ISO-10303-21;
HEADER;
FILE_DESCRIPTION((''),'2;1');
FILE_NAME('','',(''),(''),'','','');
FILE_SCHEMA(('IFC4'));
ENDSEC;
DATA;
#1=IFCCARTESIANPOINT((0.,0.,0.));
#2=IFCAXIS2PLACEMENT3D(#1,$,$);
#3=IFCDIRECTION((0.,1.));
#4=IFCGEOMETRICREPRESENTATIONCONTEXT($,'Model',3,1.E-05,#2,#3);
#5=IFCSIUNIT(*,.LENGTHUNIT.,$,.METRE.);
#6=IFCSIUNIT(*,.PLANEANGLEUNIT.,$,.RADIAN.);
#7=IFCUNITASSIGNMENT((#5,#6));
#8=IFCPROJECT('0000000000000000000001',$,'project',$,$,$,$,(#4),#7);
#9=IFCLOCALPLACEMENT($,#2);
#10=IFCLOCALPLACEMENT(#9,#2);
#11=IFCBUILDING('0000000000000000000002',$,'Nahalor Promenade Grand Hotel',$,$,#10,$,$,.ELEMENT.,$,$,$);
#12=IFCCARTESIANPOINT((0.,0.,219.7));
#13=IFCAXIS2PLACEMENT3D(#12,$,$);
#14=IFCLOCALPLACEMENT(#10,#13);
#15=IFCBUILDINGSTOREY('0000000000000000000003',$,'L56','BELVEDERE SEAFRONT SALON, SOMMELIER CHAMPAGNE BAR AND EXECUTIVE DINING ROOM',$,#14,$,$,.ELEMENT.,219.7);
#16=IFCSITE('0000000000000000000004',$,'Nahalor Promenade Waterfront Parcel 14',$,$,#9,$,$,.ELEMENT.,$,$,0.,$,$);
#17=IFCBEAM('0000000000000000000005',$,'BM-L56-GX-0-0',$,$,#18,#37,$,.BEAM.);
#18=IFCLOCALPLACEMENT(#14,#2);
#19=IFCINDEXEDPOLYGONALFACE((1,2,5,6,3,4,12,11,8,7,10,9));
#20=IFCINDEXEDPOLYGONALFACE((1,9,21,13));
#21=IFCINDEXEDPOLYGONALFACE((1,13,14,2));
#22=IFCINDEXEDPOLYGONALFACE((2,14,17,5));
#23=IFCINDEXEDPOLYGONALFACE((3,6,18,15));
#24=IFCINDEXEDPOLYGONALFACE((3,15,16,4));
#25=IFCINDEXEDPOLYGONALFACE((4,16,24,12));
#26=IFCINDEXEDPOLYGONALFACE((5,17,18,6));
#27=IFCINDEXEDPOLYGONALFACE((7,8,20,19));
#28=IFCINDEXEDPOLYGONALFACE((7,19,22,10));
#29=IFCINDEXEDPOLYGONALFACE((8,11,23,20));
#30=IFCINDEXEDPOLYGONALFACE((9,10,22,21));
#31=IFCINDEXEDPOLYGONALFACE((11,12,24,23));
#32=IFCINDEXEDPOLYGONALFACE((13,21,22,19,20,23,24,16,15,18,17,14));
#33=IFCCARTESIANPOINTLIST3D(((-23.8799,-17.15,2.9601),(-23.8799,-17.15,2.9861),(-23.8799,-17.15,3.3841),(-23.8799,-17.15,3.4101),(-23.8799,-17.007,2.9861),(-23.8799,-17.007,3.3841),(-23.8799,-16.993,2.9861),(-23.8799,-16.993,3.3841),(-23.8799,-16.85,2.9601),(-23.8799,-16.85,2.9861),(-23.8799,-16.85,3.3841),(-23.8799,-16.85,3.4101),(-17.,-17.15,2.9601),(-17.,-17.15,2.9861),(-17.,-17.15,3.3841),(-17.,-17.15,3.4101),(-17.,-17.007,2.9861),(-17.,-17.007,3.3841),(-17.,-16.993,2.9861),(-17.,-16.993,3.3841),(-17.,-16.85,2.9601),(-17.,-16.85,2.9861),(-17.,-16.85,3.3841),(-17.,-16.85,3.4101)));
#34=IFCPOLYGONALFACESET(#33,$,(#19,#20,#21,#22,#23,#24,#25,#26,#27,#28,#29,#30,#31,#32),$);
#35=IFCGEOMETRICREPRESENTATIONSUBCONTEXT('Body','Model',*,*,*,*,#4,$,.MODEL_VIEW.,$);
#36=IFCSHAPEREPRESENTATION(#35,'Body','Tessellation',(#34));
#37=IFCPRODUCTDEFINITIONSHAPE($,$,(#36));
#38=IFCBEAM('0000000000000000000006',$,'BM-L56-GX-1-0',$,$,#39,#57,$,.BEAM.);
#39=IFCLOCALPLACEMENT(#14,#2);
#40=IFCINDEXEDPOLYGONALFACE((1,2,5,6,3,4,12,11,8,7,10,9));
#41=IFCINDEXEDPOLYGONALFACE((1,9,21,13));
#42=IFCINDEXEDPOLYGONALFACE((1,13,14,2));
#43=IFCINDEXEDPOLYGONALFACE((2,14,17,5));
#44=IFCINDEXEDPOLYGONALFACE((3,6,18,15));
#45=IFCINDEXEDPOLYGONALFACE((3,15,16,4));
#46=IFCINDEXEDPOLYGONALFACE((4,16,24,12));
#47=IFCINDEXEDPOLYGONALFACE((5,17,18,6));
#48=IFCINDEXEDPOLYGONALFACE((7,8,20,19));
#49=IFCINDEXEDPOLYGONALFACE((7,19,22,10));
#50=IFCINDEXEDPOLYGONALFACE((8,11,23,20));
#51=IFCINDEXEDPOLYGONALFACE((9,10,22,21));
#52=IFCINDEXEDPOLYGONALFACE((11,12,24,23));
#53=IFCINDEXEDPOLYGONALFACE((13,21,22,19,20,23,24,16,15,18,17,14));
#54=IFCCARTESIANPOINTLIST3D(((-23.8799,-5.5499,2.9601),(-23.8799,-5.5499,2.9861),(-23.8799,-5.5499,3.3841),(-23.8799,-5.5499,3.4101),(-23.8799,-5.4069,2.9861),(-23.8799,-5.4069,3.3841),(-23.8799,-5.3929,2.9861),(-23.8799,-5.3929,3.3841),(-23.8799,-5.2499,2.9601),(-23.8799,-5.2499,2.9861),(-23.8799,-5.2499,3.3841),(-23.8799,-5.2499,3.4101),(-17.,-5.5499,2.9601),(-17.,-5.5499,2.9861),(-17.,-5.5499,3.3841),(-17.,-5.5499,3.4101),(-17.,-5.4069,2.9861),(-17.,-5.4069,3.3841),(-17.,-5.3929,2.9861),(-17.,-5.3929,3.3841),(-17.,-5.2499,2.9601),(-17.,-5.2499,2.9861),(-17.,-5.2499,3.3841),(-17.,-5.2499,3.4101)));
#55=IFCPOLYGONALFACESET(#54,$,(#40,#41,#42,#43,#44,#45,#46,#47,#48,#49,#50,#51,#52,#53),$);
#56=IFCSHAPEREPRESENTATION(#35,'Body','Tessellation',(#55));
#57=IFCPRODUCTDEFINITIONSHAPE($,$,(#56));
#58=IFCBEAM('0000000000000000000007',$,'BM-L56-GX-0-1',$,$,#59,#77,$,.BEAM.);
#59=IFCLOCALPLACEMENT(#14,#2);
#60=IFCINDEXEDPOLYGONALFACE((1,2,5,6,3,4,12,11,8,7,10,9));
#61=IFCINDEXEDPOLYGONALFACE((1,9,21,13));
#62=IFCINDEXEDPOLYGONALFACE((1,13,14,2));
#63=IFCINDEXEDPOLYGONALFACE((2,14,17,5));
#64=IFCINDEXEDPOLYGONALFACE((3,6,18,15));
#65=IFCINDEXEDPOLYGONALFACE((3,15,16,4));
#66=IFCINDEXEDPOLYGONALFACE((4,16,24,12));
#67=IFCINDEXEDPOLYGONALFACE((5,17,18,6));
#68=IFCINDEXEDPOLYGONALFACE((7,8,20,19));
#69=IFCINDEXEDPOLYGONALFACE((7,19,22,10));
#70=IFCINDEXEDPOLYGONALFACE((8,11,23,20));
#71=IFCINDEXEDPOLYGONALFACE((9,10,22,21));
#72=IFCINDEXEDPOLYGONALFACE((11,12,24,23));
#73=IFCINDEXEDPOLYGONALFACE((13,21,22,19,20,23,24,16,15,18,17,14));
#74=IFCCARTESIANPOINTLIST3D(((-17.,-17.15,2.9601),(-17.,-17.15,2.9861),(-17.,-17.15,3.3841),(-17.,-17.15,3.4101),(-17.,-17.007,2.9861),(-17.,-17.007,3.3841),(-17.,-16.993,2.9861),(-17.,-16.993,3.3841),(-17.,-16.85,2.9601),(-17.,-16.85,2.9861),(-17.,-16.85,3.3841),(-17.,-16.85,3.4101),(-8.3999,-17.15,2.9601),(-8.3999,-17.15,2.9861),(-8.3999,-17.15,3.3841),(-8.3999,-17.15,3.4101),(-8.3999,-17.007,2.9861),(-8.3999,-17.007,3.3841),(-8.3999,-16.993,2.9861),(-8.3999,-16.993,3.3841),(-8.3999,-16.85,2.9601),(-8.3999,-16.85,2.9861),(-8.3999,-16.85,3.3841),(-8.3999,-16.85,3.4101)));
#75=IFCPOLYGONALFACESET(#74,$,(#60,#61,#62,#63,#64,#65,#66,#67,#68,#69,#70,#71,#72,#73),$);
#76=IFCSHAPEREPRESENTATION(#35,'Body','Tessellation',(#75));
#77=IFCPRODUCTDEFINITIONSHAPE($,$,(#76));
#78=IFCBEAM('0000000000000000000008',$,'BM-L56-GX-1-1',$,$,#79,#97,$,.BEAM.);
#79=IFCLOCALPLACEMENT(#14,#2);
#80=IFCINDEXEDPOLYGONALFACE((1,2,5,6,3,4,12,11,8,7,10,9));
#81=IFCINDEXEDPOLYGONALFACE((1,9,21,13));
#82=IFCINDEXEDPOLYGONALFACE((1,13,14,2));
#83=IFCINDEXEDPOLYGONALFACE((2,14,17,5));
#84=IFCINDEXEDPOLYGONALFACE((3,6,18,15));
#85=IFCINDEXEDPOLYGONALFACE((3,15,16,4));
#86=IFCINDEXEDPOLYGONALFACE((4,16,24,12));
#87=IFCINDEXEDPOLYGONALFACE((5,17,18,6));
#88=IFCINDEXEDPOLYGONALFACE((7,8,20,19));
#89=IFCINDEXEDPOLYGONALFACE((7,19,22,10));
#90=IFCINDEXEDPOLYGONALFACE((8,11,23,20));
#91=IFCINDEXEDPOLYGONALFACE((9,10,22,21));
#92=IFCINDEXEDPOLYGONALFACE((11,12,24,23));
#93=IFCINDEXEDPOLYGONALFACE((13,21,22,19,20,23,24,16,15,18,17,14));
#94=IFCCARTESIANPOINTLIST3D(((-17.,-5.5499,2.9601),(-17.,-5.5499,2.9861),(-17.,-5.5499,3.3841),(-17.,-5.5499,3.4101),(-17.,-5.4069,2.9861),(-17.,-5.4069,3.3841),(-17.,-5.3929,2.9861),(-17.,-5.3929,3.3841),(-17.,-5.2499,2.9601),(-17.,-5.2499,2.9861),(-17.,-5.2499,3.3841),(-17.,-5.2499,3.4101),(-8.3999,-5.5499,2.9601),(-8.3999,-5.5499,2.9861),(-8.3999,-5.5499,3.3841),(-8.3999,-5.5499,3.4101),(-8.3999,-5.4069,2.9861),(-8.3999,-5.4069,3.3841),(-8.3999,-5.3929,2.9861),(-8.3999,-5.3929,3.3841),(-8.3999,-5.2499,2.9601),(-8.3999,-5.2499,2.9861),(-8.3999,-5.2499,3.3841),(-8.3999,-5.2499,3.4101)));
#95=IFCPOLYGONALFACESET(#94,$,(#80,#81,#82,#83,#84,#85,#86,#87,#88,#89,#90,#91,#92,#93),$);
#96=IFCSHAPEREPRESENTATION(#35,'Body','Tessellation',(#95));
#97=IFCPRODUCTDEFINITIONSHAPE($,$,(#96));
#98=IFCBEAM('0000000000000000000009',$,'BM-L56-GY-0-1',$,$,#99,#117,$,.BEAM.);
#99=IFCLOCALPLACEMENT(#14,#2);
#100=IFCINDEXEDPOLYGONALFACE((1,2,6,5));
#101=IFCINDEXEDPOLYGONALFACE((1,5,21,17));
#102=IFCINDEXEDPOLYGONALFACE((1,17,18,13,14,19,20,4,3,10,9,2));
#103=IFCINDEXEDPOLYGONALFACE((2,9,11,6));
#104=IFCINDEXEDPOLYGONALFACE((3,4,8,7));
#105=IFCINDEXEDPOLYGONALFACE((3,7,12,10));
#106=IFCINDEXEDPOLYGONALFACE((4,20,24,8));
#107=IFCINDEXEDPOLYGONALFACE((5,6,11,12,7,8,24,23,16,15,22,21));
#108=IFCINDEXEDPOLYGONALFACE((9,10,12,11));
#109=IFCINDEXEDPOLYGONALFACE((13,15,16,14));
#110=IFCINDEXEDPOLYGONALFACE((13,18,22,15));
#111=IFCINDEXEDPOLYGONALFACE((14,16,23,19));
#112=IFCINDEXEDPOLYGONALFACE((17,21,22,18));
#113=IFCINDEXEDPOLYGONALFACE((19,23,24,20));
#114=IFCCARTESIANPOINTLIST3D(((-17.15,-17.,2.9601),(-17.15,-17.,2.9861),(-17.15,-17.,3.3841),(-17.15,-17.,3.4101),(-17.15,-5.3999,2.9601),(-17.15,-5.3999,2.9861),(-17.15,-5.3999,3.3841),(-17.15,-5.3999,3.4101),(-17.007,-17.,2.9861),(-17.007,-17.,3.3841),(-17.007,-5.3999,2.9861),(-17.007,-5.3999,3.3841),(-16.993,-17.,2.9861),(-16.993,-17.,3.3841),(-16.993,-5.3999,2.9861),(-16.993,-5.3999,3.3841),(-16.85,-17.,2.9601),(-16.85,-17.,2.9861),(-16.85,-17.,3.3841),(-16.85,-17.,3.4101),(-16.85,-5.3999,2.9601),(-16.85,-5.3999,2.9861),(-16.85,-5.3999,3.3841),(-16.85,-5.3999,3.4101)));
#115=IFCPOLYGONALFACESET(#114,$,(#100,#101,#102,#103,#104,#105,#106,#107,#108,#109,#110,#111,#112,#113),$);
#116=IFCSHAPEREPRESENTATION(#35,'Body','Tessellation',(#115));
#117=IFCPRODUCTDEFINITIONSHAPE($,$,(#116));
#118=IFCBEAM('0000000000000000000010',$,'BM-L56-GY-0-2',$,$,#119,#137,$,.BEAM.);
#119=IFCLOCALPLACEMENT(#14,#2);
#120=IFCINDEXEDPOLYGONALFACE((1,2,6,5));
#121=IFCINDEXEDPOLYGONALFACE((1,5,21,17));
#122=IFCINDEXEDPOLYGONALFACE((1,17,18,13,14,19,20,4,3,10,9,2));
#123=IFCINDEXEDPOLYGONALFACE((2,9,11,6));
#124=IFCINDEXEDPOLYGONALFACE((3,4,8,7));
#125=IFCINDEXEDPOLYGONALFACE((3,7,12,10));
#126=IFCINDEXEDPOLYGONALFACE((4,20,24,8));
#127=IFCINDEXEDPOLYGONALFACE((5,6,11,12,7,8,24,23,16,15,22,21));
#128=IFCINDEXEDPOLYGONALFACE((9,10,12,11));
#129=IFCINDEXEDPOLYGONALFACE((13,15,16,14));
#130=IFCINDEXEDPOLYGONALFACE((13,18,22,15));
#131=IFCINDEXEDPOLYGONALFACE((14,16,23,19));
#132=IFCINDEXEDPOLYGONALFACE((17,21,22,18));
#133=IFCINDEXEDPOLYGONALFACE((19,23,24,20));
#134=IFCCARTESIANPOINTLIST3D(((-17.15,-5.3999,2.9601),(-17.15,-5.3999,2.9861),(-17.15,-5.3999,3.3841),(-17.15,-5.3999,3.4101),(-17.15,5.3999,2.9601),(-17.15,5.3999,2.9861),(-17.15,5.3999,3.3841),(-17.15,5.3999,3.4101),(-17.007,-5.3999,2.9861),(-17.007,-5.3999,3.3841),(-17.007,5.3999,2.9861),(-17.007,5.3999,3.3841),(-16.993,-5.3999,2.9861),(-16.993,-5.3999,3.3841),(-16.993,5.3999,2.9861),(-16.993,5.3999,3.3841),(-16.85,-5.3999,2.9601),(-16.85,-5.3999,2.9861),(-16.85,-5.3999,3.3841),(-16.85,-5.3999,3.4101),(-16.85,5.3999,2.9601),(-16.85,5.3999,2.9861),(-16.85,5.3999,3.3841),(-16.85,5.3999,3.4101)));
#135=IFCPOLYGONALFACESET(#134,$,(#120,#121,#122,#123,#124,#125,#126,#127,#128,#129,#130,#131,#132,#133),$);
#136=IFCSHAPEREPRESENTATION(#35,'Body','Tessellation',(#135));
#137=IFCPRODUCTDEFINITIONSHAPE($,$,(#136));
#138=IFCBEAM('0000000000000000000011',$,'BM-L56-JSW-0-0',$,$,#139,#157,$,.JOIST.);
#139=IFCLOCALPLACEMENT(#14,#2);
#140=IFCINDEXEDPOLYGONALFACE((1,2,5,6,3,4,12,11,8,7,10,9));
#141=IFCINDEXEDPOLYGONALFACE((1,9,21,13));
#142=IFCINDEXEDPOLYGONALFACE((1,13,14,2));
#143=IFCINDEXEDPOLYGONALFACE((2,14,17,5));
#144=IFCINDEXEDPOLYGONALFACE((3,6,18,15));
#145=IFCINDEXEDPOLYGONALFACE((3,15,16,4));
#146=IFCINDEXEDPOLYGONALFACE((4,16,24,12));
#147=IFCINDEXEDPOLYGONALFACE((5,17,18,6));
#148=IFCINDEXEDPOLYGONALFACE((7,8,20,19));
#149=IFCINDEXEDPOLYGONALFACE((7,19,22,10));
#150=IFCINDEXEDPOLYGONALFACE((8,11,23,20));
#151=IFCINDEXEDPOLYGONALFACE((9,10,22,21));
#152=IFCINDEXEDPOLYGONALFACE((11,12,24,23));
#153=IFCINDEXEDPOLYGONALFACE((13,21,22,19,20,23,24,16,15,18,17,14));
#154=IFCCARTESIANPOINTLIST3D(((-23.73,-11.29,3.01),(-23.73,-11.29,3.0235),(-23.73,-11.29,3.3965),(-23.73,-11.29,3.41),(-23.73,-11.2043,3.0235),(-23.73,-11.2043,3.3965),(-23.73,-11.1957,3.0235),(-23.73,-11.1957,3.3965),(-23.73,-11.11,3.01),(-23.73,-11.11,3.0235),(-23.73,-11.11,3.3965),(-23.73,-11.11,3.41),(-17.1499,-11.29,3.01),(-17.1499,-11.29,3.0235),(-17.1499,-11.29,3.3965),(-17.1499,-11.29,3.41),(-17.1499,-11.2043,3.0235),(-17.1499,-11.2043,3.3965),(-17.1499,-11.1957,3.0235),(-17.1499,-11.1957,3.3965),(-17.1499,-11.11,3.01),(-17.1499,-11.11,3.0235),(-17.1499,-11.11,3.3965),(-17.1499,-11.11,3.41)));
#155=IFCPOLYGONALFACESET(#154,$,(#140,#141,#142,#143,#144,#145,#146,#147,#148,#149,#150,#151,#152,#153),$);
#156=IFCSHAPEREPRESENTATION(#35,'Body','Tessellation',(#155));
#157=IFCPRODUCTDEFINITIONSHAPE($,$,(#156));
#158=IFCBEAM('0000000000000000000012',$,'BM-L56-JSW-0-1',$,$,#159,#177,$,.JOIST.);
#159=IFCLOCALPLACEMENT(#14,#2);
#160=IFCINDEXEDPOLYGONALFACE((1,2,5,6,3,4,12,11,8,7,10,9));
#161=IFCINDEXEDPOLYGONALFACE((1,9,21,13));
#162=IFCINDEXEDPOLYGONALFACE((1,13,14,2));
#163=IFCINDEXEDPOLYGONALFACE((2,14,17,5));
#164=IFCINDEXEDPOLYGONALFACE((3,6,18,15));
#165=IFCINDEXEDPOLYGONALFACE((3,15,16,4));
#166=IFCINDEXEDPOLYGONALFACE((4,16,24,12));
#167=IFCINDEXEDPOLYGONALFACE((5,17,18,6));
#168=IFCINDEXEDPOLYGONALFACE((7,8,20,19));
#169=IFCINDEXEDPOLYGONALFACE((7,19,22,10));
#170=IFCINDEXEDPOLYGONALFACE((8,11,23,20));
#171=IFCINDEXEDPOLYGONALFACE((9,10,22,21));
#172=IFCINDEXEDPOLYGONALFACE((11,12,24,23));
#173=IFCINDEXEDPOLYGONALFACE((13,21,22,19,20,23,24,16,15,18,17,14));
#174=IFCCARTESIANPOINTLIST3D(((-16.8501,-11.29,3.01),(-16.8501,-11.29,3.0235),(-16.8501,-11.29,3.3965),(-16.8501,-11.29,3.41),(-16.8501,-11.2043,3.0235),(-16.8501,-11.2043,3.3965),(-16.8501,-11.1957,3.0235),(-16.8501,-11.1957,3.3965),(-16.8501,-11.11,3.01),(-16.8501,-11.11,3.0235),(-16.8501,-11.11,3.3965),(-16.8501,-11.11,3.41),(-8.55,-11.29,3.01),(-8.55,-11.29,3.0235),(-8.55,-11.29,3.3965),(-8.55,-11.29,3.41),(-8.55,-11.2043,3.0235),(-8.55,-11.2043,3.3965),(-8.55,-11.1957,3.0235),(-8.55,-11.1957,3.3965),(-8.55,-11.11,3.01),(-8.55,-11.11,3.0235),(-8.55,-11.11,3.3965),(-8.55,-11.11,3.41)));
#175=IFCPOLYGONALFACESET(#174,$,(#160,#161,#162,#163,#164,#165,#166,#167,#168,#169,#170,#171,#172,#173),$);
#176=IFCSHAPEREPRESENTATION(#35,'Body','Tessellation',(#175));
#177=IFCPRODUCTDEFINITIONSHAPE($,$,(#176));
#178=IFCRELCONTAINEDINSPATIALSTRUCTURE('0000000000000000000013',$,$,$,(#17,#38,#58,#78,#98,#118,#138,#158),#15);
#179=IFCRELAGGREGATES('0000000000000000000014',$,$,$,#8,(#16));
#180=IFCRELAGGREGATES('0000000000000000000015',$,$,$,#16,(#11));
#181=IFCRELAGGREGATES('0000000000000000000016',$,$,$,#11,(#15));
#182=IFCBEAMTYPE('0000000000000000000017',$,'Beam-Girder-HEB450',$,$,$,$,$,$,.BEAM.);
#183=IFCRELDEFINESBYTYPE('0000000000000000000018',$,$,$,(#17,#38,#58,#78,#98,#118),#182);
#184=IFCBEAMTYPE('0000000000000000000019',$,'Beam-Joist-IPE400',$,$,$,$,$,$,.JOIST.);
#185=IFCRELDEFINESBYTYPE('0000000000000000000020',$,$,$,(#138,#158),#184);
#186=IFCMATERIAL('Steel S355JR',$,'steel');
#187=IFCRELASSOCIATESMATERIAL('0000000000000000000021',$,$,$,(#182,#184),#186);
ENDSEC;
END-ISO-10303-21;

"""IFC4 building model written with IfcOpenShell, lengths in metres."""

from ifc_helpers import new_model, si_unit, direction, frame, origin, origin_2d, place, context, subcontext, project, spatial, i_section, extrude, source, transform, mapped, material, material_profile, profile_set, type_object, element, save


model = new_model("IFC4")

# Units and contexts
model_context = context("Model", 3, precision=1e-05, world=origin(), true_north=direction((0.0, 1.0)))
body_context = subcontext(model_context, "Body", "Model", "MODEL_VIEW")
ifc_project = project(units=[si_unit("LENGTHUNIT", "METRE"), si_unit("PLANEANGLEUNIT", "RADIAN")], contexts=[model_context])

# Site, building, storey
site_placement = place(None, origin())
site = spatial("IfcSite", under=ifc_project, at=site_placement, Name="Nahalor Promenade Waterfront Parcel 14", CompositionType="ELEMENT", RefElevation=0.0)
building_placement = place(site_placement, origin())
building = spatial("IfcBuilding", under=site, at=building_placement, Name="Nahalor Promenade Grand Hotel", CompositionType="ELEMENT")
storey_placement = place(building_placement, frame((0.0, 0.0, 219.7)))
storey = spatial("IfcBuildingStorey", under=building, at=storey_placement, Name="L56", Description="BELVEDERE SEAFRONT SALON, SOMMELIER CHAMPAGNE BAR AND EXECUTIVE DINING ROOM", CompositionType="ELEMENT", Elevation=219.7)

# Shared definitions
ifc_material_1 = material(Name="Steel S355JR", Category="steel")

# Beams
ifc_material_profile_1 = material_profile(ifc_material_1, i_section(OverallWidth=0.3, OverallDepth=0.45, WebThickness=0.014, FlangeThickness=0.026, at=origin_2d()), Name="HEB 450")
ifc_profile_set_1 = profile_set([ifc_material_profile_1], Name="Steel S355JR")
beam_type_1 = type_object("IfcBeamType", Name="Beam-Girder-HEB450", PredefinedType="BEAM", material=ifc_profile_set_1)
shared_shape_1 = source(origin(), body_context, "Body", "SweptSolid", [
    extrude(i_section(OverallWidth=0.3, OverallDepth=0.45, WebThickness=0.014, FlangeThickness=0.026, at=origin_2d()), origin(), (0.0, 0.0, 1.0), 6.8799),
])
for number, where, z_axis, x_axis, name in (
    (1, (-23.8799, -17.0, 3.1851), (1.0, 0.0, 0.0), (0.0, 1.0, 0.0), "BM-L56-GX-0-0"),
    (2, (-23.8799, -5.3999, 3.1851), (1.0, 0.0, 0.0), (0.0, 1.0, 0.0), "BM-L56-GX-1-0"),
):
    element("IfcBeam", number, at=place(storey_placement, frame(where, z_axis=z_axis, x_axis=x_axis)), inside=storey, type_object=beam_type_1, Name=name, PredefinedType="BEAM", context=body_context, shape_type="MappedRepresentation", body=[
        mapped(shared_shape_1, transform((0.0, 0.0, 0.0), scale=1.0)),
    ])
shared_shape_2 = source(origin(), body_context, "Body", "SweptSolid", [
    extrude(i_section(OverallWidth=0.3, OverallDepth=0.45, WebThickness=0.014, FlangeThickness=0.026, at=origin_2d()), origin(), (0.0, 0.0, 1.0), 8.6001),
])
for number, where, z_axis, x_axis, name in (
    (3, (-17.0, -17.0, 3.1851), (1.0, 0.0, 0.0), (0.0, 1.0, 0.0), "BM-L56-GX-0-1"),
    (4, (-17.0, -5.3999, 3.1851), (1.0, 0.0, 0.0), (0.0, 1.0, 0.0), "BM-L56-GX-1-1"),
):
    element("IfcBeam", number, at=place(storey_placement, frame(where, z_axis=z_axis, x_axis=x_axis)), inside=storey, type_object=beam_type_1, Name=name, PredefinedType="BEAM", context=body_context, shape_type="MappedRepresentation", body=[
        mapped(shared_shape_2, transform((0.0, 0.0, 0.0), scale=1.0)),
    ])
shared_shape_3 = source(origin(), body_context, "Body", "SweptSolid", [
    extrude(i_section(OverallWidth=0.3, OverallDepth=0.45, WebThickness=0.014, FlangeThickness=0.026, at=origin_2d()), origin(), (0.0, 0.0, 1.0), 11.6001),
])
beam_1_placement = place(storey_placement, frame((-17.0, -17.0, 3.1851), z_axis=(0.0, 1.0, 0.0), x_axis=(-1.0, 0.0, 0.0)))
element("IfcBeam", 5, at=beam_1_placement, inside=storey, type_object=beam_type_1, Name="BM-L56-GY-0-1", PredefinedType="BEAM", context=body_context, shape_type="MappedRepresentation", body=[
    mapped(shared_shape_3, transform((0.0, 0.0, 0.0), scale=1.0)),
])
shared_shape_4 = source(origin(), body_context, "Body", "SweptSolid", [
    extrude(i_section(OverallWidth=0.3, OverallDepth=0.45, WebThickness=0.014, FlangeThickness=0.026, at=origin_2d()), origin(), (0.0, 0.0, 1.0), 10.7998),
])
beam_2_placement = place(storey_placement, frame((-17.0, -5.3999, 3.1851), z_axis=(0.0, 1.0, 0.0), x_axis=(-1.0, 0.0, 0.0)))
element("IfcBeam", 6, at=beam_2_placement, inside=storey, type_object=beam_type_1, Name="BM-L56-GY-0-2", PredefinedType="BEAM", context=body_context, shape_type="MappedRepresentation", body=[
    mapped(shared_shape_4, transform((0.0, 0.0, 0.0), scale=1.0)),
])
ifc_material_profile_2 = material_profile(ifc_material_1, i_section(OverallWidth=0.18, OverallDepth=0.4, WebThickness=0.0086, FlangeThickness=0.0135, at=origin_2d()), Name="IPE 400")
ifc_profile_set_2 = profile_set([ifc_material_profile_2], Name="Steel S355JR")
beam_type_2 = type_object("IfcBeamType", Name="Beam-Joist-IPE400", PredefinedType="JOIST", material=ifc_profile_set_2)
shared_shape_5 = source(origin(), body_context, "Body", "SweptSolid", [
    extrude(i_section(OverallWidth=0.18, OverallDepth=0.4, WebThickness=0.0086, FlangeThickness=0.0135, at=origin_2d()), origin(), (0.0, 0.0, 1.0), 6.5801),
])
beam_3_placement = place(storey_placement, frame((-23.73, -11.2, 3.21), z_axis=(1.0, 0.0, 0.0), x_axis=(0.0, 1.0, 0.0)))
element("IfcBeam", 7, at=beam_3_placement, inside=storey, type_object=beam_type_2, Name="BM-L56-JSW-0-0", PredefinedType="JOIST", context=body_context, shape_type="MappedRepresentation", body=[
    mapped(shared_shape_5, transform((0.0, 0.0, 0.0), scale=1.0)),
])
shared_shape_6 = source(origin(), body_context, "Body", "SweptSolid", [
    extrude(i_section(OverallWidth=0.18, OverallDepth=0.4, WebThickness=0.0086, FlangeThickness=0.0135, at=origin_2d()), origin(), (0.0, 0.0, 1.0), 8.3),
])
beam_4_placement = place(storey_placement, frame((-16.8501, -11.2, 3.21), z_axis=(1.0, 0.0, 0.0), x_axis=(0.0, 1.0, 0.0)))
element("IfcBeam", 8, at=beam_4_placement, inside=storey, type_object=beam_type_2, Name="BM-L56-JSW-0-1", PredefinedType="JOIST", context=body_context, shape_type="MappedRepresentation", body=[
    mapped(shared_shape_6, transform((0.0, 0.0, 0.0), scale=1.0)),
])

save(model, "model.ifc")
